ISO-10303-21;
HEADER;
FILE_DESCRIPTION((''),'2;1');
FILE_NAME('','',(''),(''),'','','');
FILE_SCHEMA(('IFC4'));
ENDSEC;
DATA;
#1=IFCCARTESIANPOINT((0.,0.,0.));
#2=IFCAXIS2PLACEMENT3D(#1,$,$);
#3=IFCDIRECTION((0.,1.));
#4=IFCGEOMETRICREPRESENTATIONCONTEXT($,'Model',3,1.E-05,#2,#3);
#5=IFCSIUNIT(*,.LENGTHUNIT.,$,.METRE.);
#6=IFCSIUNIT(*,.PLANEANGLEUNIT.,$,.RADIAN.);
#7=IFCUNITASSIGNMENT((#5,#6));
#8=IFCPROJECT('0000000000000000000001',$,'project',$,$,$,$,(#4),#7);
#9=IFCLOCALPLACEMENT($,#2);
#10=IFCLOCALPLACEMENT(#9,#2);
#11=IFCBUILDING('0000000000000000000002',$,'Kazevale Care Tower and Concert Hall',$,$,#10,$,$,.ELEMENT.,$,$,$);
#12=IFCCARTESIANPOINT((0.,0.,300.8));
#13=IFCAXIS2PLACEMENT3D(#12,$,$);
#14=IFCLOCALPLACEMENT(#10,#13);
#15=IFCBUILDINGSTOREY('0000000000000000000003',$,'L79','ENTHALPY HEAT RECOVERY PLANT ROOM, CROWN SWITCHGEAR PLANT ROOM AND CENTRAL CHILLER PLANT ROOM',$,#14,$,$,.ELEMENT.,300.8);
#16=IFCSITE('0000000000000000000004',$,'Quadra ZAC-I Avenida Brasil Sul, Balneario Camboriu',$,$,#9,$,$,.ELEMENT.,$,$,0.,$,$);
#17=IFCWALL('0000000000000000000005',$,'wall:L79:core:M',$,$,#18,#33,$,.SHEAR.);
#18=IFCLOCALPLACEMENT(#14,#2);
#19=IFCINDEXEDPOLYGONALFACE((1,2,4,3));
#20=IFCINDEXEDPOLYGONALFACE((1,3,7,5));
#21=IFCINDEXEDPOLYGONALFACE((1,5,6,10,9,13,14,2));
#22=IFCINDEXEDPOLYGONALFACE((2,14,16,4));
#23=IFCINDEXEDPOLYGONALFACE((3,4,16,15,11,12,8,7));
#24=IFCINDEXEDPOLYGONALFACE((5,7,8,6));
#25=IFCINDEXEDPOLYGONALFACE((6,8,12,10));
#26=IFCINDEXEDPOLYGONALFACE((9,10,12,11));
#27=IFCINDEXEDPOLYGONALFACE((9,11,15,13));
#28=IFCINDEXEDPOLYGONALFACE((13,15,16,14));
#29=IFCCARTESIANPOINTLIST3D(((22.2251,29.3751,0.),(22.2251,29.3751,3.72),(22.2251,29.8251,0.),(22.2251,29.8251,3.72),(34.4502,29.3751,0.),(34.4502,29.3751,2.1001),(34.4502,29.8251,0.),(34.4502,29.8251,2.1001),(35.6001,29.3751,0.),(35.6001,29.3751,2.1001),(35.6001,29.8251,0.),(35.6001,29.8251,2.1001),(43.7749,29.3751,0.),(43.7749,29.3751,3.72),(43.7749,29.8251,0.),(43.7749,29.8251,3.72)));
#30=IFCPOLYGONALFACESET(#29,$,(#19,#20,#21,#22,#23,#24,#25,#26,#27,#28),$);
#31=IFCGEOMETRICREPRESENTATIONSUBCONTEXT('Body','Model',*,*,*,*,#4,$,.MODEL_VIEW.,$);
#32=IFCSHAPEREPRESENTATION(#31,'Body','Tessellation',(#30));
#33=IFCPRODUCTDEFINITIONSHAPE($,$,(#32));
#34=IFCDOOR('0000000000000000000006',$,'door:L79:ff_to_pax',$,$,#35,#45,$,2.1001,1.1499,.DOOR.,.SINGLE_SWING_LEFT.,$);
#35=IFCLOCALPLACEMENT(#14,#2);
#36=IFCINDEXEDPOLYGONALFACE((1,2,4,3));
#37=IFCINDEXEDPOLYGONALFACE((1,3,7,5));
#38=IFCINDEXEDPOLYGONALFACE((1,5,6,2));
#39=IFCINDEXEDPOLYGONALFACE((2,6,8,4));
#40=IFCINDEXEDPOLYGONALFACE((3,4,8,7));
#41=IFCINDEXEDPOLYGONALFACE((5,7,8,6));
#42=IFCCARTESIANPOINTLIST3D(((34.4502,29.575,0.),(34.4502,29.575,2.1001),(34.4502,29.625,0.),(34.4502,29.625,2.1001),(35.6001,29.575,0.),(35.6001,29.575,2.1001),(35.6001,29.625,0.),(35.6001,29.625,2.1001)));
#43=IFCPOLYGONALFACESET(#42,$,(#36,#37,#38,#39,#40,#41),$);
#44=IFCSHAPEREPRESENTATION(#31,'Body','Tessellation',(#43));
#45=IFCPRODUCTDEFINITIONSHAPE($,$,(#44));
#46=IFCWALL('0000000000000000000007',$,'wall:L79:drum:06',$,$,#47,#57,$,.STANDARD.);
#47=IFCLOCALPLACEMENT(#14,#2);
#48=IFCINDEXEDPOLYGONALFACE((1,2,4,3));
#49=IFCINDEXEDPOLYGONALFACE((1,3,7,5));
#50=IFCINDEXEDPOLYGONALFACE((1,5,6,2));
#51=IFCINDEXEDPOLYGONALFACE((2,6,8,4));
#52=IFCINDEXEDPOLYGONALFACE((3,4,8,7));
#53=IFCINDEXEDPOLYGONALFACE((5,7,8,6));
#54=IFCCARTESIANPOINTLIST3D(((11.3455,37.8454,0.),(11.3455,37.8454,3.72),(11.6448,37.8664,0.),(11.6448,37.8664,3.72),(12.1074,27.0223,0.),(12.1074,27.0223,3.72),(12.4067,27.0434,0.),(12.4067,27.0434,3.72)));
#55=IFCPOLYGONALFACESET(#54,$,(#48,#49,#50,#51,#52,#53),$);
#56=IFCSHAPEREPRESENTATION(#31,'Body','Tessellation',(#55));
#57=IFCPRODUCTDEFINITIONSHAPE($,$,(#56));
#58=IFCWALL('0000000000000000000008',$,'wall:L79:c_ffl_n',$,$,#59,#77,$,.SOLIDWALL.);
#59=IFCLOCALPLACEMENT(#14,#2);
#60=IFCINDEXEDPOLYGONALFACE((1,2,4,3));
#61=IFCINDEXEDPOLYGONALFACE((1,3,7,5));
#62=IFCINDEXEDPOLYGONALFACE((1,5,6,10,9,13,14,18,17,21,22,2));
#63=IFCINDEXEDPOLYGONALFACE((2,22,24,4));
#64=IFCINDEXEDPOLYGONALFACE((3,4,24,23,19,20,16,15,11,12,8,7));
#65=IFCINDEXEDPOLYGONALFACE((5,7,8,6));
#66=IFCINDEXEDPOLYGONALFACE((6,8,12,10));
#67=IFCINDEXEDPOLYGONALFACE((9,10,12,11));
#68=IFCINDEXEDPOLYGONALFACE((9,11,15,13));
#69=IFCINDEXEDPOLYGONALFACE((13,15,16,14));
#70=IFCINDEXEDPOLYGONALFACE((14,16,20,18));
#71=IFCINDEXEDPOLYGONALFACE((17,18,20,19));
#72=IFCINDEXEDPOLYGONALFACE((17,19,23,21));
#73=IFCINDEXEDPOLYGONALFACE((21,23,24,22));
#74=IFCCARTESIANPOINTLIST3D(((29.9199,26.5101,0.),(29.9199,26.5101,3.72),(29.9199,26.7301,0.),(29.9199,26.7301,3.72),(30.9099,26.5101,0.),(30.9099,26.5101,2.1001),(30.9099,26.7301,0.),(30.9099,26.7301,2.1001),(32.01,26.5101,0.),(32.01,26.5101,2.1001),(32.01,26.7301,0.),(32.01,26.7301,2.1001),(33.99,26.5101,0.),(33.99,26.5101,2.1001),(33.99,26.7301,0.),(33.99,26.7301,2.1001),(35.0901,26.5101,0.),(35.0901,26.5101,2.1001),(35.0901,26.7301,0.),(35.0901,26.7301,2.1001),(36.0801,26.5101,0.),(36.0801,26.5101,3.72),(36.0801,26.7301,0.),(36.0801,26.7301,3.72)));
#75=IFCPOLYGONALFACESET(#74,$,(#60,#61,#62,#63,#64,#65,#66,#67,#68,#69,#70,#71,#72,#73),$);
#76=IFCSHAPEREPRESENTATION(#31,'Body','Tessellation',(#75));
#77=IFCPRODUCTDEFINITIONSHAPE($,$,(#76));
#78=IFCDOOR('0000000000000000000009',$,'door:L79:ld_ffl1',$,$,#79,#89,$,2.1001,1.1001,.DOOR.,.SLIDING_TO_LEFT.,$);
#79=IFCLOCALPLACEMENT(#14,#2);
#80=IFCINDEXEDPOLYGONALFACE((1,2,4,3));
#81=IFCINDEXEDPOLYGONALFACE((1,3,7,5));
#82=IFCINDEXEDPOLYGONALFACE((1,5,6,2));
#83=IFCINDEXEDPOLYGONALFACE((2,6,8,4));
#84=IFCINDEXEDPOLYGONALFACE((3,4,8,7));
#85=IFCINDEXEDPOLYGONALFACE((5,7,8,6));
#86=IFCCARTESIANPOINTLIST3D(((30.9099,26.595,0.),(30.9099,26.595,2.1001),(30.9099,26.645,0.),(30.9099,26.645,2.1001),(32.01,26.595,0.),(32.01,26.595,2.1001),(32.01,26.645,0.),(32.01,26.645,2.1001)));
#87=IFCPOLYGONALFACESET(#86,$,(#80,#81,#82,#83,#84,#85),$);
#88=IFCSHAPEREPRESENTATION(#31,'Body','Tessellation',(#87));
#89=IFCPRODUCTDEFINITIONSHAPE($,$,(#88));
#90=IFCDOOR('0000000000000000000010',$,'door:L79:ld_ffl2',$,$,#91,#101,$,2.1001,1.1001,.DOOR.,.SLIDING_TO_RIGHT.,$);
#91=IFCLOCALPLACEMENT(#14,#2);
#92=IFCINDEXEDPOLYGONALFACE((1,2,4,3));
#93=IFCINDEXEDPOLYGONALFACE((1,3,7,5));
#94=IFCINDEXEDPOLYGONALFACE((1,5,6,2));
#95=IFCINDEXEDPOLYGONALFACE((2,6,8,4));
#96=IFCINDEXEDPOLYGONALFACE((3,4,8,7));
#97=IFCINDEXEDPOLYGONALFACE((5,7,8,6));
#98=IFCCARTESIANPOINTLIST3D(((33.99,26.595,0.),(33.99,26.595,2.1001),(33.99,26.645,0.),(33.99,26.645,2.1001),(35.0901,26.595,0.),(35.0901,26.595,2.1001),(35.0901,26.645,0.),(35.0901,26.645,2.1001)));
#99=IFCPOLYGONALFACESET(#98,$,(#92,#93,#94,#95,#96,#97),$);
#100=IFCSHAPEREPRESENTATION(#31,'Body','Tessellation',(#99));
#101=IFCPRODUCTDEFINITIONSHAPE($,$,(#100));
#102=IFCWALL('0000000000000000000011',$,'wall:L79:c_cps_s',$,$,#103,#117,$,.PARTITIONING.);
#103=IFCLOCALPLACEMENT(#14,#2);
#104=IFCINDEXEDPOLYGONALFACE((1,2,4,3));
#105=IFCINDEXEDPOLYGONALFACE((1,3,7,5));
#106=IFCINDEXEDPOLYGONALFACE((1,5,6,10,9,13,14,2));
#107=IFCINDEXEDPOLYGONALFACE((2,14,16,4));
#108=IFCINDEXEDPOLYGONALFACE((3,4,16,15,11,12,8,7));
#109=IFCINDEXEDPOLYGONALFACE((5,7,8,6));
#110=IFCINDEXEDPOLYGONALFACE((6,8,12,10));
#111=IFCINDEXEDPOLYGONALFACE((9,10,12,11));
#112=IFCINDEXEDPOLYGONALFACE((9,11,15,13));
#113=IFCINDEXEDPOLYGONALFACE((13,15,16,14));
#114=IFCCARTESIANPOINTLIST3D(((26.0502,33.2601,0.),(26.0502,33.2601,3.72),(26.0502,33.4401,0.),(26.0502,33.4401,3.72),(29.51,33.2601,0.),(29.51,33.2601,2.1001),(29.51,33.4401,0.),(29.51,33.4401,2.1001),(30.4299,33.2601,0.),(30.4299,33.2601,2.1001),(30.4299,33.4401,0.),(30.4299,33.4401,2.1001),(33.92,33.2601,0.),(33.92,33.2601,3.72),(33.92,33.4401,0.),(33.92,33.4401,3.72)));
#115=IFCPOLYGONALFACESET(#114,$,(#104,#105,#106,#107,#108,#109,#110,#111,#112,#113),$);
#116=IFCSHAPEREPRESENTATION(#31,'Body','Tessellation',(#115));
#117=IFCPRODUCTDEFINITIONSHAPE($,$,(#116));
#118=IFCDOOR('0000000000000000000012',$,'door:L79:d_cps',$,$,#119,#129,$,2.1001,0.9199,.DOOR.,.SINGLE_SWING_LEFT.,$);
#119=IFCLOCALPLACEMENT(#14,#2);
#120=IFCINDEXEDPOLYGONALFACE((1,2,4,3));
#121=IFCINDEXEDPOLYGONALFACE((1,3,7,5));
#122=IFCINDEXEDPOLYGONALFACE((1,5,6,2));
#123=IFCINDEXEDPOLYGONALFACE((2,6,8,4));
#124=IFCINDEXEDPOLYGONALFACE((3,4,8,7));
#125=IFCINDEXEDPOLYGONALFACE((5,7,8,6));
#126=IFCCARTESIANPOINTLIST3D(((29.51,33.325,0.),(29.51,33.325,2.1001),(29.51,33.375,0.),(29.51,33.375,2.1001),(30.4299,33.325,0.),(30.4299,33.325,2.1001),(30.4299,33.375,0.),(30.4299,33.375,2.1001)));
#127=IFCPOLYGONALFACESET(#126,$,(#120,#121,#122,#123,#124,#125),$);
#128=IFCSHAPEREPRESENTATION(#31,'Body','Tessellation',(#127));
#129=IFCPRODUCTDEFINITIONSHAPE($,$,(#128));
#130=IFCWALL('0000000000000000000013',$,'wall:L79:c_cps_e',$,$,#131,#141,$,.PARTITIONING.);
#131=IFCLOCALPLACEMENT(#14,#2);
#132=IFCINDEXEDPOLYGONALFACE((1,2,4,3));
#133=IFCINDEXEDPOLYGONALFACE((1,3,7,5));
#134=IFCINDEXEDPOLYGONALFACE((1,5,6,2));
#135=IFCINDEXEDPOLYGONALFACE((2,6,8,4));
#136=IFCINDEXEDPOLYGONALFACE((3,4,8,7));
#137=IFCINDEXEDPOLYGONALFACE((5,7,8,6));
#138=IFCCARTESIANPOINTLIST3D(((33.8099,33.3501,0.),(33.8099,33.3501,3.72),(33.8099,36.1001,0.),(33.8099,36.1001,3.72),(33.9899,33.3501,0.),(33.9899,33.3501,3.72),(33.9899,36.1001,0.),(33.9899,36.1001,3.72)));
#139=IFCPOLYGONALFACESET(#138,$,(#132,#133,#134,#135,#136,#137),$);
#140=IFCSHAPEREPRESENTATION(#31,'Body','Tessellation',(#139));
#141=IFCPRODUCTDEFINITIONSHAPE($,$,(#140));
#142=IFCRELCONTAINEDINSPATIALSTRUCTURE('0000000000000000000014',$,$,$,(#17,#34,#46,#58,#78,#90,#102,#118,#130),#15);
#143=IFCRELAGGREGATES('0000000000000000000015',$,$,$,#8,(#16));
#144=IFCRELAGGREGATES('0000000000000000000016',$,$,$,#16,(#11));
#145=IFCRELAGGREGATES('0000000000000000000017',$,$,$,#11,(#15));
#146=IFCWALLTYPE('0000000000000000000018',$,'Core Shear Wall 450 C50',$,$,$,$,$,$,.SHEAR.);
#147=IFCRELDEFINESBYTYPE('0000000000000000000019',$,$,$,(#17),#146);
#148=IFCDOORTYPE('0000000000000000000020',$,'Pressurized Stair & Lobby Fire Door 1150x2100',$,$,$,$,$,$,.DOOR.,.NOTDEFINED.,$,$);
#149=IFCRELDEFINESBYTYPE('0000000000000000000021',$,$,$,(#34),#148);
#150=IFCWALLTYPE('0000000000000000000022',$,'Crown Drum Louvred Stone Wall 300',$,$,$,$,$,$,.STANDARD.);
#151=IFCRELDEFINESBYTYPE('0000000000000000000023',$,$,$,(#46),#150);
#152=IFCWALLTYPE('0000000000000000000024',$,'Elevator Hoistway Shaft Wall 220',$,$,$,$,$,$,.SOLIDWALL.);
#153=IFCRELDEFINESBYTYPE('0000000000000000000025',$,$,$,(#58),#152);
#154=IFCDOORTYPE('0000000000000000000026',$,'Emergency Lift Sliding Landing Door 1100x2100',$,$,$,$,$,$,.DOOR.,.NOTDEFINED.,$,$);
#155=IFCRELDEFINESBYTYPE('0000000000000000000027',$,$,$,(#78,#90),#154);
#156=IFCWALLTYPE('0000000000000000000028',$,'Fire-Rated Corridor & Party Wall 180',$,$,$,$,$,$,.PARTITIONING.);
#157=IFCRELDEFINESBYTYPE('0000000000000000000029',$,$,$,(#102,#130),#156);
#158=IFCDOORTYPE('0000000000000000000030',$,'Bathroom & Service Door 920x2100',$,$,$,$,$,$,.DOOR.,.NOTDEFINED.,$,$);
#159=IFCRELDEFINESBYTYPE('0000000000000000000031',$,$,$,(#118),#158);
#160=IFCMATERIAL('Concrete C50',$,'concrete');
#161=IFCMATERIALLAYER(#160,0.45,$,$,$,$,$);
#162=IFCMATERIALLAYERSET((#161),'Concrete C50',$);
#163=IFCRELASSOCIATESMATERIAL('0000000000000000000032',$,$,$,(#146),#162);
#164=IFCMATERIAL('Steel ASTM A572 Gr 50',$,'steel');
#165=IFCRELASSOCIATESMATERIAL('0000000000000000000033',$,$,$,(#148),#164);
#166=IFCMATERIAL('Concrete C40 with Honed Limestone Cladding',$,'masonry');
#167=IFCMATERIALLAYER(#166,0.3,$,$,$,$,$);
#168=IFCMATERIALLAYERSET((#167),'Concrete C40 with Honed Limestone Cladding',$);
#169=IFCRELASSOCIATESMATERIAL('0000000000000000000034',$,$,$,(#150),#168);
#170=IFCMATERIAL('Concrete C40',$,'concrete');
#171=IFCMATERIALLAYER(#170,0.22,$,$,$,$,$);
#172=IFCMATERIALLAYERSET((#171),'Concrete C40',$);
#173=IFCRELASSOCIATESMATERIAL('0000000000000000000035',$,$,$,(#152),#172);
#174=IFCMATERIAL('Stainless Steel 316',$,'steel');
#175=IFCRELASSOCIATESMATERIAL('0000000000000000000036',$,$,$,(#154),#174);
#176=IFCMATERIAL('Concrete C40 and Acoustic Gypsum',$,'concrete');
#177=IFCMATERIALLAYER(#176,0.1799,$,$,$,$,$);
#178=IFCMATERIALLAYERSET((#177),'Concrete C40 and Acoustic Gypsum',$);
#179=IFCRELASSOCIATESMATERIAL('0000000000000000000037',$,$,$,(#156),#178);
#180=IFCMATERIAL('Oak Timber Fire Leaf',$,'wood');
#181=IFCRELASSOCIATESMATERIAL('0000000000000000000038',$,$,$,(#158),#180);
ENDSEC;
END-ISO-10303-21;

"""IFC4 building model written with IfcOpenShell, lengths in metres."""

from ifc_helpers import new_model, si_unit, direction, frame, frame_2d, origin, place, context, subcontext, project, spatial, rectangle, extrude, material, layer, layer_set, type_object, element, fill, save


model = new_model("IFC4")

# Units and contexts
model_context = context("Model", 3, precision=1e-05, world=origin(), true_north=direction((0.0, 1.0)))
body_context = subcontext(model_context, "Body", "Model", "MODEL_VIEW")
ifc_project = project(units=[si_unit("LENGTHUNIT", "METRE"), si_unit("PLANEANGLEUNIT", "RADIAN")], contexts=[model_context])

# Site, building, storey
site_placement = place(None, origin())
site = spatial("IfcSite", under=ifc_project, at=site_placement, Name="Quadra ZAC-I Avenida Brasil Sul, Balneario Camboriu", CompositionType="ELEMENT", RefElevation=0.0)
building_placement = place(site_placement, origin())
building = spatial("IfcBuilding", under=site, at=building_placement, Name="Kazevale Care Tower and Concert Hall", CompositionType="ELEMENT")
storey_placement = place(building_placement, frame((0.0, 0.0, 300.8)))
storey = spatial("IfcBuildingStorey", under=building, at=storey_placement, Name="L79", Description="ENTHALPY HEAT RECOVERY PLANT ROOM, CROWN SWITCHGEAR PLANT ROOM AND CENTRAL CHILLER PLANT ROOM", CompositionType="ELEMENT", Elevation=300.8)

# Wall, opening, door
ifc_material_1 = material(Name="Concrete C50", Category="concrete")
ifc_layer_1 = layer(ifc_material_1, 0.45)
ifc_layer_set_1 = layer_set([ifc_layer_1], Name="Concrete C50")
wall_type_1 = type_object("IfcWallType", Name="Core Shear Wall 450 C50", PredefinedType="SHEAR", material=ifc_layer_set_1)
wall_1_placement = place(storey_placement, frame((22.2251, 29.6001, 0.0), z_axis=(0.0, 0.0, 1.0), x_axis=(1.0, 0.0, 0.0)))
wall_1 = element("IfcWall", 1, at=wall_1_placement, inside=storey, type_object=wall_type_1, Name="wall:L79:core:M", PredefinedType="SHEAR", context=body_context, shape_type="SweptSolid", body=[
    extrude(rectangle(XDim=21.5498, YDim=0.45, at=frame_2d((10.7749, 0.0))), origin(), (0.0, 0.0, 1.0), 3.72),
])
opening_1_placement = place(wall_1_placement, frame((12.2251, 0.0, 0.0)))
opening_1 = element("IfcOpeningElement", 2, at=opening_1_placement, cuts=wall_1, PredefinedType="OPENING", context=body_context, shape_type="SweptSolid", body=[
    extrude(rectangle(XDim=1.1499, YDim=2.1001, at=frame_2d((0.575, 1.05))), frame((0.0, 0.2349, 0.0), z_axis=(0.0, -1.0, 0.0), x_axis=(1.0, 0.0, 0.0)), (0.0, 0.0, 1.0), 0.47),
])
ifc_material_2 = material(Name="Steel ASTM A572 Gr 50", Category="steel")
door_type_1 = type_object("IfcDoorType", Name="Pressurized Stair & Lobby Fire Door 1150x2100", OperationType="NOTDEFINED", PredefinedType="DOOR", material=ifc_material_2)
door_1_placement = place(opening_1_placement, origin())
door_1 = element("IfcDoor", 3, at=door_1_placement, inside=storey, type_object=door_type_1, Name="door:L79:ff_to_pax", OperationType="SINGLE_SWING_LEFT", OverallHeight=2.1001, OverallWidth=1.1499, PredefinedType="DOOR", context=body_context, shape_type="SweptSolid", body=[
    extrude(rectangle(XDim=1.1499, YDim=2.1001, at=frame_2d((0.575, 1.05))), frame((0.0, 0.0249, 0.0), z_axis=(0.0, -1.0, 0.0), x_axis=(1.0, 0.0, 0.0)), (0.0, 0.0, 1.0), 0.05),
])
fill(opening_1, door_1)

# Wall
ifc_material_3 = material(Name="Concrete C40 with Honed Limestone Cladding", Category="masonry")
ifc_layer_2 = layer(ifc_material_3, 0.3)
ifc_layer_set_2 = layer_set([ifc_layer_2], Name="Concrete C40 with Honed Limestone Cladding")
wall_type_2 = type_object("IfcWallType", Name="Crown Drum Louvred Stone Wall 300", PredefinedType="STANDARD", material=ifc_layer_set_2)
wall_2_placement = place(storey_placement, frame((12.2571, 27.033, 0.0), z_axis=(0.0, 0.0, 1.0), x_axis=(-0.070228, 0.997531, 0.0)))
element("IfcWall", 4, at=wall_2_placement, inside=storey, type_object=wall_type_2, Name="wall:L79:drum:06", PredefinedType="STANDARD", context=body_context, shape_type="SweptSolid", body=[
    extrude(rectangle(XDim=10.8499, YDim=0.3, at=frame_2d((5.4248, 0.0))), origin(), (0.0, 0.0, 1.0), 3.72),
])

# Wall, openings, doors
ifc_material_4 = material(Name="Concrete C40", Category="concrete")
ifc_layer_3 = layer(ifc_material_4, 0.22)
ifc_layer_set_3 = layer_set([ifc_layer_3], Name="Concrete C40")
wall_type_3 = type_object("IfcWallType", Name="Elevator Hoistway Shaft Wall 220", PredefinedType="SOLIDWALL", material=ifc_layer_set_3)
wall_3_placement = place(storey_placement, frame((29.9199, 26.6201, 0.0), z_axis=(0.0, 0.0, 1.0), x_axis=(1.0, 0.0, 0.0)))
wall_3 = element("IfcWall", 5, at=wall_3_placement, inside=storey, type_object=wall_type_3, Name="wall:L79:c_ffl_n", PredefinedType="SOLIDWALL", context=body_context, shape_type="SweptSolid", body=[
    extrude(rectangle(XDim=6.1602, YDim=0.22, at=frame_2d((3.0801, 0.0))), origin(), (0.0, 0.0, 1.0), 3.72),
])
opening_2_placement = place(wall_3_placement, frame((0.99, 0.0, 0.0)))
opening_2 = element("IfcOpeningElement", 6, at=opening_2_placement, cuts=wall_3, PredefinedType="OPENING", context=body_context, shape_type="SweptSolid", body=[
    extrude(rectangle(XDim=1.1001, YDim=2.1001, at=frame_2d((0.55, 1.05))), frame((0.0, 0.1199, 0.0), z_axis=(0.0, -1.0, 0.0), x_axis=(1.0, 0.0, 0.0)), (0.0, 0.0, 1.0), 0.24),
])
opening_3_placement = place(wall_3_placement, frame((4.0701, 0.0, 0.0)))
opening_3 = element("IfcOpeningElement", 7, at=opening_3_placement, cuts=wall_3, PredefinedType="OPENING", context=body_context, shape_type="SweptSolid", body=[
    extrude(rectangle(XDim=1.1001, YDim=2.1001, at=frame_2d((0.55, 1.05))), frame((0.0, 0.1199, 0.0), z_axis=(0.0, -1.0, 0.0), x_axis=(1.0, 0.0, 0.0)), (0.0, 0.0, 1.0), 0.24),
])
ifc_material_5 = material(Name="Stainless Steel 316", Category="steel")
door_type_2 = type_object("IfcDoorType", Name="Emergency Lift Sliding Landing Door 1100x2100", OperationType="NOTDEFINED", PredefinedType="DOOR", material=ifc_material_5)
door_2_placement = place(opening_2_placement, origin())
door_2 = element("IfcDoor", 8, at=door_2_placement, inside=storey, type_object=door_type_2, Name="door:L79:ld_ffl1", OperationType="SLIDING_TO_LEFT", OverallHeight=2.1001, OverallWidth=1.1001, PredefinedType="DOOR", context=body_context, shape_type="SweptSolid", body=[
    extrude(rectangle(XDim=1.1001, YDim=2.1001, at=frame_2d((0.55, 1.05))), frame((0.0, 0.0249, 0.0), z_axis=(0.0, -1.0, 0.0), x_axis=(1.0, 0.0, 0.0)), (0.0, 0.0, 1.0), 0.05),
])
fill(opening_2, door_2)
door_3_placement = place(opening_3_placement, origin())
door_3 = element("IfcDoor", 9, at=door_3_placement, inside=storey, type_object=door_type_2, Name="door:L79:ld_ffl2", OperationType="SLIDING_TO_RIGHT", OverallHeight=2.1001, OverallWidth=1.1001, PredefinedType="DOOR", context=body_context, shape_type="SweptSolid", body=[
    extrude(rectangle(XDim=1.1001, YDim=2.1001, at=frame_2d((0.55, 1.05))), frame((0.0, 0.0249, 0.0), z_axis=(0.0, -1.0, 0.0), x_axis=(1.0, 0.0, 0.0)), (0.0, 0.0, 1.0), 0.05),
])
fill(opening_3, door_3)

# Wall, opening, door
ifc_material_6 = material(Name="Concrete C40 and Acoustic Gypsum", Category="concrete")
ifc_layer_4 = layer(ifc_material_6, 0.1799)
ifc_layer_set_4 = layer_set([ifc_layer_4], Name="Concrete C40 and Acoustic Gypsum")
wall_type_4 = type_object("IfcWallType", Name="Fire-Rated Corridor & Party Wall 180", PredefinedType="PARTITIONING", material=ifc_layer_set_4)
wall_4_placement = place(storey_placement, frame((26.05, 33.3501, 0.0), z_axis=(0.0, 0.0, 1.0), x_axis=(1.0, 0.0, 0.0)))
wall_4 = element("IfcWall", 10, at=wall_4_placement, inside=storey, type_object=wall_type_4, Name="wall:L79:c_cps_s", PredefinedType="PARTITIONING", context=body_context, shape_type="SweptSolid", body=[
    extrude(rectangle(XDim=7.8699, YDim=0.1799, at=frame_2d((3.9351, 0.0))), origin(), (0.0, 0.0, 1.0), 3.72),
])
opening_4_placement = place(wall_4_placement, frame((3.46, 0.0, 0.0)))
opening_4 = element("IfcOpeningElement", 11, at=opening_4_placement, cuts=wall_4, PredefinedType="OPENING", context=body_context, shape_type="SweptSolid", body=[
    extrude(rectangle(XDim=0.9199, YDim=2.1001, at=frame_2d((0.46, 1.05))), frame((0.0, 0.0999, 0.0), z_axis=(0.0, -1.0, 0.0), x_axis=(1.0, 0.0, 0.0)), (0.0, 0.0, 1.0), 0.2),
])
ifc_material_7 = material(Name="Oak Timber Fire Leaf", Category="wood")
door_type_3 = type_object("IfcDoorType", Name="Bathroom & Service Door 920x2100", OperationType="NOTDEFINED", PredefinedType="DOOR", material=ifc_material_7)
door_4_placement = place(opening_4_placement, origin())
door_4 = element("IfcDoor", 12, at=door_4_placement, inside=storey, type_object=door_type_3, Name="door:L79:d_cps", OperationType="SINGLE_SWING_LEFT", OverallHeight=2.1001, OverallWidth=0.9199, PredefinedType="DOOR", context=body_context, shape_type="SweptSolid", body=[
    extrude(rectangle(XDim=0.9199, YDim=2.1001, at=frame_2d((0.46, 1.05))), frame((0.0, 0.0249, 0.0), z_axis=(0.0, -1.0, 0.0), x_axis=(1.0, 0.0, 0.0)), (0.0, 0.0, 1.0), 0.05),
])
fill(opening_4, door_4)

# Wall
wall_5_placement = place(storey_placement, frame((33.8999, 33.3501, 0.0), z_axis=(0.0, 0.0, 1.0), x_axis=(0.0, 1.0, 0.0)))
element("IfcWall", 13, at=wall_5_placement, inside=storey, type_object=wall_type_4, Name="wall:L79:c_cps_e", PredefinedType="PARTITIONING", context=body_context, shape_type="SweptSolid", body=[
    extrude(rectangle(XDim=2.75, YDim=0.1799, at=frame_2d((1.375, 0.0))), origin(), (0.0, 0.0, 1.0), 3.72),
])

save(model, "model.ifc")
